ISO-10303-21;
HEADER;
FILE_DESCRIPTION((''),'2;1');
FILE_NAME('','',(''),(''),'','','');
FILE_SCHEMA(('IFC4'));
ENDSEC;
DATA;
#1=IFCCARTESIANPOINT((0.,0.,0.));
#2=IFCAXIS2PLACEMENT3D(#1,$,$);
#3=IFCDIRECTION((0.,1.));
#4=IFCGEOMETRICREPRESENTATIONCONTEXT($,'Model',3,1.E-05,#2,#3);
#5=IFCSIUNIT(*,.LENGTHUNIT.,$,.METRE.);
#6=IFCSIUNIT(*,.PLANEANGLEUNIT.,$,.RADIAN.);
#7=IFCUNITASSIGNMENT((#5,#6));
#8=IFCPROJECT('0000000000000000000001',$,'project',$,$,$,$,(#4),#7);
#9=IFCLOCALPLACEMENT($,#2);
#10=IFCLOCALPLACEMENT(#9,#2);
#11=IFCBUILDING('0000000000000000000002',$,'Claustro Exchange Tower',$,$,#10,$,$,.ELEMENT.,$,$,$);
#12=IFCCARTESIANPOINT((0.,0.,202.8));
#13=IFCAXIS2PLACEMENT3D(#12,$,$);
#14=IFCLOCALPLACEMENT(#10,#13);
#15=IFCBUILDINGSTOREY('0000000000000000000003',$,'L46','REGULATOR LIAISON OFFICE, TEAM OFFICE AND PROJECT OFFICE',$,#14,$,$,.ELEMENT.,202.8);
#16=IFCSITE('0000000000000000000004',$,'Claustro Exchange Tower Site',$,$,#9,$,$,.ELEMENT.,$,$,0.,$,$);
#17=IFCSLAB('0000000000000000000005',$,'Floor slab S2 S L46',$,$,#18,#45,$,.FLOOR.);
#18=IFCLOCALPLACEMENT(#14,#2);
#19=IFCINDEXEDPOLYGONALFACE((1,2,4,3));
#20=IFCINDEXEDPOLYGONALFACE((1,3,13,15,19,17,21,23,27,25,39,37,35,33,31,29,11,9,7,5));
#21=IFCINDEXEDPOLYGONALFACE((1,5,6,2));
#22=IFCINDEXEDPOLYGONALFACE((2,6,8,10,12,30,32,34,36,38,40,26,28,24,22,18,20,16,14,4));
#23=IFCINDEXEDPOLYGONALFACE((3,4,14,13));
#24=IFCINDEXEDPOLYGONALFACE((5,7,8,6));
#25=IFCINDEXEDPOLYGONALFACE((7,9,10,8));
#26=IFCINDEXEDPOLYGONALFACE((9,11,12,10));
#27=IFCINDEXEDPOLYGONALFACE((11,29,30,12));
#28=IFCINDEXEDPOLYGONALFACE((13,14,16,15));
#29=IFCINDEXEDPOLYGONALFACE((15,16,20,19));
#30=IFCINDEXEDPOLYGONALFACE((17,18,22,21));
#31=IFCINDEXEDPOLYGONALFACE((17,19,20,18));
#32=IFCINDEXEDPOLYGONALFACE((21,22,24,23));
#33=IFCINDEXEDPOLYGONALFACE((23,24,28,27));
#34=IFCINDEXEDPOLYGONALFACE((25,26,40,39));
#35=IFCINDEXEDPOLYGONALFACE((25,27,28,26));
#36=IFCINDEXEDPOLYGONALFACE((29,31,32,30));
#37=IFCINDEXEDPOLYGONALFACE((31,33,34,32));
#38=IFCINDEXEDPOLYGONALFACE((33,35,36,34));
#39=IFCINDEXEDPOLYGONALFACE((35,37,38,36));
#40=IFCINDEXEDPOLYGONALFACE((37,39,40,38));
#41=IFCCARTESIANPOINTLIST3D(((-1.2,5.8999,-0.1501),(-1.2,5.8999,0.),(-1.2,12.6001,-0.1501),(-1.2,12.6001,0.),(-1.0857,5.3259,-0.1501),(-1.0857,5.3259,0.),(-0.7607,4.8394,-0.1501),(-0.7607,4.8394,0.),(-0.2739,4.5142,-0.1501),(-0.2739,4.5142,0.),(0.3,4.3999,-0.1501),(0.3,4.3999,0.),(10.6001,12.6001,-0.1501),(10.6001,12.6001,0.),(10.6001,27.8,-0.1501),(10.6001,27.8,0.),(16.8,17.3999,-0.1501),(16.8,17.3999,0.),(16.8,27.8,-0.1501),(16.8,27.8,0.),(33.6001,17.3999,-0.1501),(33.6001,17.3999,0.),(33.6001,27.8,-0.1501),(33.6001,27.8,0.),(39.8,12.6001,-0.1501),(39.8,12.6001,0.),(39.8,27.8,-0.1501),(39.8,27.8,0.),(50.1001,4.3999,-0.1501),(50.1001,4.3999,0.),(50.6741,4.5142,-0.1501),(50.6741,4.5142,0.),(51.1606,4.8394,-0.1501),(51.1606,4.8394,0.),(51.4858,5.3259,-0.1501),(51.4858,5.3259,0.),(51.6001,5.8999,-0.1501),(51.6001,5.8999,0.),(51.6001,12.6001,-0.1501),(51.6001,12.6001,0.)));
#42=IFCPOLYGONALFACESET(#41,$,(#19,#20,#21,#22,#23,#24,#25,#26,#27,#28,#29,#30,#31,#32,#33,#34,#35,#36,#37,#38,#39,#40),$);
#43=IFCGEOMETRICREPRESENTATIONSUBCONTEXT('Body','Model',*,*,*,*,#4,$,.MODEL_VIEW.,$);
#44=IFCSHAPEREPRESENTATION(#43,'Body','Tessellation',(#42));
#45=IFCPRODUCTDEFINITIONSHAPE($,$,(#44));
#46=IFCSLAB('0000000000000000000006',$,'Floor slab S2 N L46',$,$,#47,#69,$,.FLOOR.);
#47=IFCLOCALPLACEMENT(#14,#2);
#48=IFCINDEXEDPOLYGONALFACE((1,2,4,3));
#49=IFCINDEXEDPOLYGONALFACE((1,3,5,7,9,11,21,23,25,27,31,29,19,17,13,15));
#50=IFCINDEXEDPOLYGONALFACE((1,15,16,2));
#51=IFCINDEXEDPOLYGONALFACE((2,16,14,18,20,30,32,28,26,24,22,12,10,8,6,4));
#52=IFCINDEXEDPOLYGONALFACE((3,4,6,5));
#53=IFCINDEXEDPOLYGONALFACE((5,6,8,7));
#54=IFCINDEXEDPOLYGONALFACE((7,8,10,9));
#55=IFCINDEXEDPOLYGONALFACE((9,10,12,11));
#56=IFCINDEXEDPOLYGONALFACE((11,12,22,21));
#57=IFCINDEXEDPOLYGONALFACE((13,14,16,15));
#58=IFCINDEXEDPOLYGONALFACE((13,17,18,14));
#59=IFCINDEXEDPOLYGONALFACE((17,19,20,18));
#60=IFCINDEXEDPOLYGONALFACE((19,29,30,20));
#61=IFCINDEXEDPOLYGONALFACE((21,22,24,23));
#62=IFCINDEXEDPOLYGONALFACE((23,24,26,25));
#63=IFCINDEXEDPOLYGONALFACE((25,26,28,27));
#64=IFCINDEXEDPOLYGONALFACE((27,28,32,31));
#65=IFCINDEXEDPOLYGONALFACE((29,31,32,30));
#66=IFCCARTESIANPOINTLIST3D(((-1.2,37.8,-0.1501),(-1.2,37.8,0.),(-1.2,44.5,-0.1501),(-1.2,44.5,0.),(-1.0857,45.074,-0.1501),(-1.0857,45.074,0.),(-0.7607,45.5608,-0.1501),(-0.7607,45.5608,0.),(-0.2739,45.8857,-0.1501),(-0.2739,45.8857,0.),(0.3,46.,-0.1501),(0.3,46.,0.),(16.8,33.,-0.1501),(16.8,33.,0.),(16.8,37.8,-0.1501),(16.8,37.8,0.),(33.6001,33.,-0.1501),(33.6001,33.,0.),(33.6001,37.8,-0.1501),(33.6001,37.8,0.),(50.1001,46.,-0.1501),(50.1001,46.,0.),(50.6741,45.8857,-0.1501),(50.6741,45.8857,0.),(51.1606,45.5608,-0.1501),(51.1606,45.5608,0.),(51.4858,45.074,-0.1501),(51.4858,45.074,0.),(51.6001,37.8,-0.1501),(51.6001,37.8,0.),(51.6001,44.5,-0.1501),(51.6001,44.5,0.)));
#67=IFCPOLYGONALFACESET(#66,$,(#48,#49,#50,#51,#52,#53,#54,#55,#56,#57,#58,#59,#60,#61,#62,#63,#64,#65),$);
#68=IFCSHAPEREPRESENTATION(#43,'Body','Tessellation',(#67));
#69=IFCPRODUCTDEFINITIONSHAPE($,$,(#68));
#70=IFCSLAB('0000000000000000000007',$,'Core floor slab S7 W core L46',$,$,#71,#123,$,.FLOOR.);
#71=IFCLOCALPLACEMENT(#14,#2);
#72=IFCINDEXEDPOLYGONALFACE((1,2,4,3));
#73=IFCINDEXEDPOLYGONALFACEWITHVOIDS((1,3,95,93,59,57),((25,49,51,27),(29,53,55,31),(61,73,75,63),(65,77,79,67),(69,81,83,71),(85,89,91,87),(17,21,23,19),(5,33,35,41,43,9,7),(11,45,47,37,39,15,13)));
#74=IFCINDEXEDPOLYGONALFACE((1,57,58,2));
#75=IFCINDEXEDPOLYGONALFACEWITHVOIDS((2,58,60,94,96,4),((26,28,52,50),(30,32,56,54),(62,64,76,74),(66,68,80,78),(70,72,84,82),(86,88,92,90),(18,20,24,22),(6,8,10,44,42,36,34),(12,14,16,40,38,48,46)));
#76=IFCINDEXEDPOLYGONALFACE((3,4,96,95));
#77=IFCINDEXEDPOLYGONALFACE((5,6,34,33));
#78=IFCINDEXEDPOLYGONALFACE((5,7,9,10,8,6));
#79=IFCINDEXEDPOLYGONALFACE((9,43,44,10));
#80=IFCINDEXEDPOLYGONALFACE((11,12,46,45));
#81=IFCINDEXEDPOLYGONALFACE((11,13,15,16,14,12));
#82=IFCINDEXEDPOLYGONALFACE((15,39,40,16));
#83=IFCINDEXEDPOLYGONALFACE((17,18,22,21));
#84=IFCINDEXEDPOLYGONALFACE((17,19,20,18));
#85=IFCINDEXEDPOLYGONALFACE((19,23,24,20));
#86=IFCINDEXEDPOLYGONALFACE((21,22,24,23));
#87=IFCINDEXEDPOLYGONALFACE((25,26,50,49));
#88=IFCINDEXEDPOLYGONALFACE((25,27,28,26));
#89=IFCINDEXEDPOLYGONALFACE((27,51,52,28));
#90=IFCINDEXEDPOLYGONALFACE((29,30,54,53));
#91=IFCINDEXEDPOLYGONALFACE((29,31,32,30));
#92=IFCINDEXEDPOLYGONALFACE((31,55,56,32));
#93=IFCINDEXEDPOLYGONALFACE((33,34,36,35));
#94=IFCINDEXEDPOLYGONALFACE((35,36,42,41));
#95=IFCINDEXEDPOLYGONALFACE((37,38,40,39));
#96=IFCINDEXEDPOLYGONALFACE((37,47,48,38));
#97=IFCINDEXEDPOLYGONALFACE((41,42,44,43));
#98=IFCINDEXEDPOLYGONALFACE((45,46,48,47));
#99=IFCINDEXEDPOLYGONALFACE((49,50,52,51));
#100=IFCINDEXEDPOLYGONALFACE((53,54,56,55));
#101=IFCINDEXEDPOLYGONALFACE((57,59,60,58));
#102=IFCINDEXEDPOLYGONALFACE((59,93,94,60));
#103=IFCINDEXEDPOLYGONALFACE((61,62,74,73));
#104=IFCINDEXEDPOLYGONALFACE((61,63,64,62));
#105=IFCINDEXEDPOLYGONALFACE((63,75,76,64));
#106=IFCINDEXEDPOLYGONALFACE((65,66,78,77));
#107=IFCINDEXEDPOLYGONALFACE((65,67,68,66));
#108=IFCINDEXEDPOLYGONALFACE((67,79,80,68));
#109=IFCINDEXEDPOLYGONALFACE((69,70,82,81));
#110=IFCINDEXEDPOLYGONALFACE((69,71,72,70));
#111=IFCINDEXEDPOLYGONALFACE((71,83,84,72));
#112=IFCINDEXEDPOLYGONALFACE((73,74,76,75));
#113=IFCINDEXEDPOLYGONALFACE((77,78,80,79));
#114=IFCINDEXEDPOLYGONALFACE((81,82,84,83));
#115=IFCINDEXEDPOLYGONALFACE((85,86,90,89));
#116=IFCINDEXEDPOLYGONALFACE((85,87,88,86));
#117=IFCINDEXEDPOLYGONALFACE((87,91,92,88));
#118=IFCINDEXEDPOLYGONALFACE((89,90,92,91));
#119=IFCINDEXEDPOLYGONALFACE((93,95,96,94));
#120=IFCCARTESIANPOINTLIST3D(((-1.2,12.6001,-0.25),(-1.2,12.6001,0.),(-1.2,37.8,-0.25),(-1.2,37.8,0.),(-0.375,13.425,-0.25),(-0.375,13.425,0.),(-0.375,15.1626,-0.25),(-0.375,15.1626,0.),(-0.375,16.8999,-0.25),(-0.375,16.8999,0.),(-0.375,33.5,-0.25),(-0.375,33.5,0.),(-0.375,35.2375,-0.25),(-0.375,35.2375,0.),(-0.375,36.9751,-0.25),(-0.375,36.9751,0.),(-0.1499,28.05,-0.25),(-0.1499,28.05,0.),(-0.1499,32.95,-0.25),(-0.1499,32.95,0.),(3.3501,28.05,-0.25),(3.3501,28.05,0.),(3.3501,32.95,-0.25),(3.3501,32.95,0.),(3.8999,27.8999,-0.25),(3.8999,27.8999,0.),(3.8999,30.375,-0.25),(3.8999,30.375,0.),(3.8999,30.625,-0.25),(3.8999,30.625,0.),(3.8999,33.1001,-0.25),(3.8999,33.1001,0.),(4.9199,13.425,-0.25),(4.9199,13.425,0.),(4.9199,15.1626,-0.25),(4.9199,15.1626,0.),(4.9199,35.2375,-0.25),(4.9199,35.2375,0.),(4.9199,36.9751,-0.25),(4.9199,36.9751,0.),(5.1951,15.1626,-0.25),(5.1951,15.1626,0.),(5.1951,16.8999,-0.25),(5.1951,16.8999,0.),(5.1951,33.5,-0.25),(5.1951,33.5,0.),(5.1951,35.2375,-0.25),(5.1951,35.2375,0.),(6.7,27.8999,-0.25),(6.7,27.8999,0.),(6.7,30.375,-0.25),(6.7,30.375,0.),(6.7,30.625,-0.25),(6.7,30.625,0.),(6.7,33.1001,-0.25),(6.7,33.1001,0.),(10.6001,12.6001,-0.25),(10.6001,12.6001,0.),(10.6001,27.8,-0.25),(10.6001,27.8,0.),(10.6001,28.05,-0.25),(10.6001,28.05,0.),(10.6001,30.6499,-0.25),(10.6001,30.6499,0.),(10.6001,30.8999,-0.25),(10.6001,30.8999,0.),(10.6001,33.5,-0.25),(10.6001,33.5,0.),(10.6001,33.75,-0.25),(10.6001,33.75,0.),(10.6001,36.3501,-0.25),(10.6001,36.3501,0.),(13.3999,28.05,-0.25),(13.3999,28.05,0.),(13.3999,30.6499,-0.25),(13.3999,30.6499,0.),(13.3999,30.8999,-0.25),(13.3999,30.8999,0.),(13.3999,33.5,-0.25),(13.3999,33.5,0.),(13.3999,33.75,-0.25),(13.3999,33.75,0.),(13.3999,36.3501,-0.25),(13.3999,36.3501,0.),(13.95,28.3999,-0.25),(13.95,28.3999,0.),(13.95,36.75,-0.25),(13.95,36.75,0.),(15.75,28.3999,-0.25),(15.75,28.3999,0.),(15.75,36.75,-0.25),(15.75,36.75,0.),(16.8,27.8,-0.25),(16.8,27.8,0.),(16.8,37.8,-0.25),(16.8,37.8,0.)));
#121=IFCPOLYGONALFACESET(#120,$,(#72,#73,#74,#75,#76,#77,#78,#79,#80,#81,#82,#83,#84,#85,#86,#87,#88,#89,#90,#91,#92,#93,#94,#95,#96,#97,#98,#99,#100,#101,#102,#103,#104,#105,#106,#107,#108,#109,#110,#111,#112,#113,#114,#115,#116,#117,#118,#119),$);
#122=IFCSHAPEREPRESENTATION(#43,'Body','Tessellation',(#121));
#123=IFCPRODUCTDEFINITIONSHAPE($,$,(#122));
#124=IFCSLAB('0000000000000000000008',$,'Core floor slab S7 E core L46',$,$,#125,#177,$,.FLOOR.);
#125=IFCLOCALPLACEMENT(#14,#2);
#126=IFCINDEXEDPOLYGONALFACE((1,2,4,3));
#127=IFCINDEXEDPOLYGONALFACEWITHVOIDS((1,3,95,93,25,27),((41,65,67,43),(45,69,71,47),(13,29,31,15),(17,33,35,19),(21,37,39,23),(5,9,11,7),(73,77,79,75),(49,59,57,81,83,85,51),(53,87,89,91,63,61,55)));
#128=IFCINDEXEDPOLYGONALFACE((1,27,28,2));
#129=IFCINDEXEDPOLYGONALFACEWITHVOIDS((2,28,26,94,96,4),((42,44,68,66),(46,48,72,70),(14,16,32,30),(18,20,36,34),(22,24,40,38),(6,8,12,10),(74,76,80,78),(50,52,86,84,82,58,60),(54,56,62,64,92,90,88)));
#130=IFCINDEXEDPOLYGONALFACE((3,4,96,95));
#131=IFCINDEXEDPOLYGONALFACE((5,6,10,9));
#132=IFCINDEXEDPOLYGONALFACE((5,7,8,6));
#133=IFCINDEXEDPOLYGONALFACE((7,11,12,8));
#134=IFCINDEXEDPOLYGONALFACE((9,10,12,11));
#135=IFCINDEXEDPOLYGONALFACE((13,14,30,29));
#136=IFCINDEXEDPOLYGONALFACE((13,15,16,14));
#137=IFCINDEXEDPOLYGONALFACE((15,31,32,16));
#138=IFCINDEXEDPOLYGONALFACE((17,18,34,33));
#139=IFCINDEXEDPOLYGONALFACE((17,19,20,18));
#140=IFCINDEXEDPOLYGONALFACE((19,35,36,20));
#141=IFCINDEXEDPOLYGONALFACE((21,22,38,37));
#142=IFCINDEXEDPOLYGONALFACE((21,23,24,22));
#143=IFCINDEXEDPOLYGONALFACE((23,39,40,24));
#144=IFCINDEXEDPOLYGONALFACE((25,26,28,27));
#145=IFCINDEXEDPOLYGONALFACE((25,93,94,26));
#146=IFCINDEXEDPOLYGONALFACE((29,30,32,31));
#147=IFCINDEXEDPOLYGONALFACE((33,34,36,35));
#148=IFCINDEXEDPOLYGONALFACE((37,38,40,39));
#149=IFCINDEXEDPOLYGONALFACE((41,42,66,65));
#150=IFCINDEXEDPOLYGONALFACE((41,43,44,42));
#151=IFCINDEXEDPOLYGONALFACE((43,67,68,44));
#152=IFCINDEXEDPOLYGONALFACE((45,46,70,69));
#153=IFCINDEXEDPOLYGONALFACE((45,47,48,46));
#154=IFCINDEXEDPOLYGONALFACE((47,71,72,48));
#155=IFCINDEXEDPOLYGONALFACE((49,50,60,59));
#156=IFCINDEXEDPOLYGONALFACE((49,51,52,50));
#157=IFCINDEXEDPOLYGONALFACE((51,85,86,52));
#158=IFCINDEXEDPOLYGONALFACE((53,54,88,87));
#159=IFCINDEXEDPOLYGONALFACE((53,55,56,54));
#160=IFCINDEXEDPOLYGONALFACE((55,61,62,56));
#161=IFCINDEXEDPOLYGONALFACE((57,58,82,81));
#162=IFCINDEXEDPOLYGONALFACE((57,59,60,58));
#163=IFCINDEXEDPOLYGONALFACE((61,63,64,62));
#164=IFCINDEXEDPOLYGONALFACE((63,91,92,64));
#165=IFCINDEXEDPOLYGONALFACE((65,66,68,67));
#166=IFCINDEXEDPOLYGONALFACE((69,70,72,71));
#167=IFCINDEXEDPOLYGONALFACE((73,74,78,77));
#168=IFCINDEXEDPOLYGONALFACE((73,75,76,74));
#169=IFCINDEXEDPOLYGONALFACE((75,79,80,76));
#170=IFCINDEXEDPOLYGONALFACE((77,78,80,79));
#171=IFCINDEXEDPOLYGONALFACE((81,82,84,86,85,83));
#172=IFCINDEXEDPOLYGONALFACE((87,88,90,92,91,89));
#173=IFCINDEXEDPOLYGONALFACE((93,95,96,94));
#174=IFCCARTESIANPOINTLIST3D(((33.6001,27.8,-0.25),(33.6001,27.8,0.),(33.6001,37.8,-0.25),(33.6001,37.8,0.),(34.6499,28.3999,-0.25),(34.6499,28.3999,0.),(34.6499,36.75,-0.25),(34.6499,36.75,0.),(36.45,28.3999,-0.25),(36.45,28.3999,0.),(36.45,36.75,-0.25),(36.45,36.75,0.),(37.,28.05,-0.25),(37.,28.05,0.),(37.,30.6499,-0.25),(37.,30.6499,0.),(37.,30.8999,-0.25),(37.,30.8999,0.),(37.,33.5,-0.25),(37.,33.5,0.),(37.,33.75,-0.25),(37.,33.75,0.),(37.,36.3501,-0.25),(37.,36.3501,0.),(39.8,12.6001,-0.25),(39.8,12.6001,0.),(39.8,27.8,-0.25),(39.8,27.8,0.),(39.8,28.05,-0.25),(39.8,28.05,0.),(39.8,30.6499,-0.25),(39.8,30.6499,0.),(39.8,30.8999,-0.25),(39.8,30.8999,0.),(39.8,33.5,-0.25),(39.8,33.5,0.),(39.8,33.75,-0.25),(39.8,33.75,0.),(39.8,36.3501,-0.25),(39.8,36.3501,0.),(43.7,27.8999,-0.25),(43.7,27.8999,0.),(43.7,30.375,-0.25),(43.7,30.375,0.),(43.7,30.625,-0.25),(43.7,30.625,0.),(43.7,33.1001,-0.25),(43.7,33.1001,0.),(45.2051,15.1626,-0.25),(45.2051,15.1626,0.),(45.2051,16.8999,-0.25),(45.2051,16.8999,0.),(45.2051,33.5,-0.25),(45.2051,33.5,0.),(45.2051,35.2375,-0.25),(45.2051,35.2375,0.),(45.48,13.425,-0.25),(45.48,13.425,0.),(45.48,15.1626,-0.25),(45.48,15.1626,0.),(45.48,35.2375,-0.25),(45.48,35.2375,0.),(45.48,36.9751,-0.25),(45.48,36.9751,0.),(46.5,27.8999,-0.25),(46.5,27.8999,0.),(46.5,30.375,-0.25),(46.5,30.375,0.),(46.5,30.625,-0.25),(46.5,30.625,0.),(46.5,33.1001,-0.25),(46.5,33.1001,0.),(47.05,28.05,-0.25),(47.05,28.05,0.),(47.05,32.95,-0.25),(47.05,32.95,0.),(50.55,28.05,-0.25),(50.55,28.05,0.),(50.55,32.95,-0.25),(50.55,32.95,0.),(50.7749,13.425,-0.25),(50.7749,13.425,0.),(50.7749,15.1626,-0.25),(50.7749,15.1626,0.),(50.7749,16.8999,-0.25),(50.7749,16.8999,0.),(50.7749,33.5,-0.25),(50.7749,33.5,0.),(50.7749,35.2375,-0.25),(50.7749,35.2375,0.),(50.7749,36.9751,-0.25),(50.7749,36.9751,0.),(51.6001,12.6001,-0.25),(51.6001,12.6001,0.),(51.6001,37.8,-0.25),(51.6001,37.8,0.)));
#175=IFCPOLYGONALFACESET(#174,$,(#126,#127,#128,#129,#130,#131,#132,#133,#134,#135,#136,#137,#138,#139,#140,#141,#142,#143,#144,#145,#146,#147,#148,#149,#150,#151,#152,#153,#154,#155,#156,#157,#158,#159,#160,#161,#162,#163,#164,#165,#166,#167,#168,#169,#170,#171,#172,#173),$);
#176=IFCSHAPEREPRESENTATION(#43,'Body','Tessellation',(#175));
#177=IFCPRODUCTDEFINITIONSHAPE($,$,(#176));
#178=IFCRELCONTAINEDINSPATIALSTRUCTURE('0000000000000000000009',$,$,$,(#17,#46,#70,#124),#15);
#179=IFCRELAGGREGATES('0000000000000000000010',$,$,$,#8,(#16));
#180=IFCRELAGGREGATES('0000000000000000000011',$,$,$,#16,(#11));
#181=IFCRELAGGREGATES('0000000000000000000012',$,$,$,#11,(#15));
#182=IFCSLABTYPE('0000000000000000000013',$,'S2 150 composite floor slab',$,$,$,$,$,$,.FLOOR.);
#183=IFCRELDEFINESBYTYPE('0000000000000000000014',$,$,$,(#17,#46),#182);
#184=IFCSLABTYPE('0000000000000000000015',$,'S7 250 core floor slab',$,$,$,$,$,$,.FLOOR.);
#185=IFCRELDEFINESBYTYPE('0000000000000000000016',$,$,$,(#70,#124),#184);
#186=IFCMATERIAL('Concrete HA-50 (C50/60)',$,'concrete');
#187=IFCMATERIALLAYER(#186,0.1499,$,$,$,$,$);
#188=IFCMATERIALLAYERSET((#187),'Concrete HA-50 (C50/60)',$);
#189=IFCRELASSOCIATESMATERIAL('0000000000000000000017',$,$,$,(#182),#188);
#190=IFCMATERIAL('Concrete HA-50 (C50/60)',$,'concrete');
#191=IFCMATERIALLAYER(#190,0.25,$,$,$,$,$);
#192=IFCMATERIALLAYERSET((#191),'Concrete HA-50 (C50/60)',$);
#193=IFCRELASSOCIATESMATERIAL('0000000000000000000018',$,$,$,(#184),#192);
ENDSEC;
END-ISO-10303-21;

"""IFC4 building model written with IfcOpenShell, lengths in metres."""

from ifc_helpers import new_model, si_unit, direction, frame, origin, place, context, subcontext, project, spatial, polyline, outline, extrude, material, layer, layer_set, type_object, element, save


model = new_model("IFC4")

# Units and contexts
model_context = context("Model", 3, precision=1e-05, world=origin(), true_north=direction((0.0, 1.0)))
body_context = subcontext(model_context, "Body", "Model", "MODEL_VIEW")
ifc_project = project(units=[si_unit("LENGTHUNIT", "METRE"), si_unit("PLANEANGLEUNIT", "RADIAN")], contexts=[model_context])

# Site, building, storey
site_placement = place(None, origin())
site = spatial("IfcSite", under=ifc_project, at=site_placement, Name="Claustro Exchange Tower Site", CompositionType="ELEMENT", RefElevation=0.0)
building_placement = place(site_placement, origin())
building = spatial("IfcBuilding", under=site, at=building_placement, Name="Claustro Exchange Tower", CompositionType="ELEMENT")
storey_placement = place(building_placement, frame((0.0, 0.0, 202.8)))
storey = spatial("IfcBuildingStorey", under=building, at=storey_placement, Name="L46", Description="REGULATOR LIAISON OFFICE, TEAM OFFICE AND PROJECT OFFICE", CompositionType="ELEMENT", Elevation=202.8)

# Slabs
ifc_material_1 = material(Name="Concrete HA-50 (C50/60)", Category="concrete")
ifc_layer_1 = layer(ifc_material_1, 0.1499)
ifc_layer_set_1 = layer_set([ifc_layer_1], Name="Concrete HA-50 (C50/60)")
slab_type_1 = type_object("IfcSlabType", Name="S2 150 composite floor slab", PredefinedType="FLOOR", material=ifc_layer_set_1)
slab_1_placement = place(storey_placement, frame((0.0, 0.0, -0.1501)))
element("IfcSlab", 1, at=slab_1_placement, inside=storey, type_object=slab_type_1, Name="Floor slab S2 S L46", PredefinedType="FLOOR", context=body_context, shape_type="SweptSolid", body=[
    extrude(outline(polyline([(-0.2739, 4.5142), (0.3, 4.3999), (50.1001, 4.3999), (50.6741, 4.5142), (51.1606, 4.8394), (51.4858, 5.3259), (51.6001, 5.8999), (51.6001, 12.6001), (39.8, 12.6001), (39.8, 27.8), (33.6001, 27.8), (33.6001, 17.3999), (16.8, 17.3999), (16.8, 27.8), (10.6001, 27.8), (10.6001, 12.6001), (-1.2, 12.6001), (-1.2, 5.8999), (-1.0857, 5.3259), (-0.7607, 4.8394), (-0.2739, 4.5142)])), origin(), (0.0, 0.0, 1.0), 0.1501),
])
slab_2_placement = place(storey_placement, frame((0.0, 0.0, -0.1501)))
element("IfcSlab", 2, at=slab_2_placement, inside=storey, type_object=slab_type_1, Name="Floor slab S2 N L46", PredefinedType="FLOOR", context=body_context, shape_type="SweptSolid", body=[
    extrude(outline(polyline([(16.8, 37.8), (16.8, 33.0), (33.6001, 33.0), (33.6001, 37.8), (51.6001, 37.8), (51.6001, 44.5), (51.4858, 45.074), (51.1606, 45.5608), (50.6741, 45.8857), (50.1001, 46.0), (0.3, 46.0), (-0.2739, 45.8857), (-0.7607, 45.5608), (-1.0857, 45.074), (-1.2, 44.5), (-1.2, 37.8), (16.8, 37.8)])), origin(), (0.0, 0.0, 1.0), 0.1501),
])
ifc_material_2 = material(Name="Concrete HA-50 (C50/60)", Category="concrete")
ifc_layer_2 = layer(ifc_material_2, 0.25)
ifc_layer_set_2 = layer_set([ifc_layer_2], Name="Concrete HA-50 (C50/60)")
slab_type_2 = type_object("IfcSlabType", Name="S7 250 core floor slab", PredefinedType="FLOOR", material=ifc_layer_set_2)
slab_3_placement = place(storey_placement, frame((0.0, 0.0, -0.25)))
element("IfcSlab", 3, at=slab_3_placement, inside=storey, type_object=slab_type_2, Name="Core floor slab S7 W core L46", PredefinedType="FLOOR", context=body_context, shape_type="SweptSolid", body=[
    extrude(outline(polyline([(-1.2, 37.8), (-1.2, 12.6001), (10.6001, 12.6001), (10.6001, 27.8), (16.8, 27.8), (16.8, 37.8), (-1.2, 37.8)]), holes=[polyline([(13.95, 36.75), (15.75, 36.75), (15.75, 28.3999), (13.95, 28.3999), (13.95, 36.75)]), polyline([(10.6001, 30.6499), (13.3999, 30.6499), (13.3999, 28.05), (10.6001, 28.05), (10.6001, 30.6499)]), polyline([(10.6001, 33.5), (13.3999, 33.5), (13.3999, 30.8999), (10.6001, 30.8999), (10.6001, 33.5)]), polyline([(13.3999, 36.3501), (13.3999, 33.75), (10.6001, 33.75), (10.6001, 36.3501), (13.3999, 36.3501)]), polyline([(3.8999, 30.375), (6.7, 30.375), (6.7, 27.8999), (3.8999, 27.8999), (3.8999, 30.375)]), polyline([(3.8999, 33.1001), (6.7, 33.1001), (6.7, 30.625), (3.8999, 30.625), (3.8999, 33.1001)]), polyline([(-0.375, 15.1626), (-0.375, 16.8999), (5.1951, 16.8999), (5.1951, 15.1626), (4.9199, 15.1626), (4.9199, 13.425), (-0.375, 13.425), (-0.375, 15.1626)]), polyline([(-0.375, 35.2375), (-0.375, 36.9751), (4.9199, 36.9751), (4.9199, 35.2375), (5.1951, 35.2375), (5.1951, 33.5), (-0.375, 33.5), (-0.375, 35.2375)]), polyline([(-0.1499, 32.95), (3.3501, 32.95), (3.3501, 28.05), (-0.1499, 28.05), (-0.1499, 32.95)])]), origin(), (0.0, 0.0, 1.0), 0.25),
])
slab_4_placement = place(storey_placement, frame((0.0, 0.0, -0.25)))
element("IfcSlab", 4, at=slab_4_placement, inside=storey, type_object=slab_type_2, Name="Core floor slab S7 E core L46", PredefinedType="FLOOR", context=body_context, shape_type="SweptSolid", body=[
    extrude(outline(polyline([(51.6001, 37.8), (33.6001, 37.8), (33.6001, 27.8), (39.8, 27.8), (39.8, 12.6001), (51.6001, 12.6001), (51.6001, 37.8)]), holes=[polyline([(45.48, 15.1626), (45.2051, 15.1626), (45.2051, 16.8999), (50.7749, 16.8999), (50.7749, 15.1626), (50.7749, 13.425), (45.48, 13.425), (45.48, 15.1626)]), polyline([(45.48, 35.2375), (45.48, 36.9751), (50.7749, 36.9751), (50.7749, 35.2375), (50.7749, 33.5), (45.2051, 33.5), (45.2051, 35.2375), (45.48, 35.2375)]), polyline([(47.05, 32.95), (50.55, 32.95), (50.55, 28.05), (47.05, 28.05), (47.05, 32.95)]), polyline([(43.7, 30.375), (46.5, 30.375), (46.5, 27.8999), (43.7, 27.8999), (43.7, 30.375)]), polyline([(43.7, 33.1001), (46.5, 33.1001), (46.5, 30.625), (43.7, 30.625), (43.7, 33.1001)]), polyline([(37.0, 30.6499), (39.8, 30.6499), (39.8, 28.05), (37.0, 28.05), (37.0, 30.6499)]), polyline([(37.0, 33.5), (39.8, 33.5), (39.8, 30.8999), (37.0, 30.8999), (37.0, 33.5)]), polyline([(39.8, 36.3501), (39.8, 33.75), (37.0, 33.75), (37.0, 36.3501), (39.8, 36.3501)]), polyline([(34.6499, 36.75), (36.45, 36.75), (36.45, 28.3999), (34.6499, 28.3999), (34.6499, 36.75)])]), origin(), (0.0, 0.0, 1.0), 0.25),
])

save(model, "model.ifc")
